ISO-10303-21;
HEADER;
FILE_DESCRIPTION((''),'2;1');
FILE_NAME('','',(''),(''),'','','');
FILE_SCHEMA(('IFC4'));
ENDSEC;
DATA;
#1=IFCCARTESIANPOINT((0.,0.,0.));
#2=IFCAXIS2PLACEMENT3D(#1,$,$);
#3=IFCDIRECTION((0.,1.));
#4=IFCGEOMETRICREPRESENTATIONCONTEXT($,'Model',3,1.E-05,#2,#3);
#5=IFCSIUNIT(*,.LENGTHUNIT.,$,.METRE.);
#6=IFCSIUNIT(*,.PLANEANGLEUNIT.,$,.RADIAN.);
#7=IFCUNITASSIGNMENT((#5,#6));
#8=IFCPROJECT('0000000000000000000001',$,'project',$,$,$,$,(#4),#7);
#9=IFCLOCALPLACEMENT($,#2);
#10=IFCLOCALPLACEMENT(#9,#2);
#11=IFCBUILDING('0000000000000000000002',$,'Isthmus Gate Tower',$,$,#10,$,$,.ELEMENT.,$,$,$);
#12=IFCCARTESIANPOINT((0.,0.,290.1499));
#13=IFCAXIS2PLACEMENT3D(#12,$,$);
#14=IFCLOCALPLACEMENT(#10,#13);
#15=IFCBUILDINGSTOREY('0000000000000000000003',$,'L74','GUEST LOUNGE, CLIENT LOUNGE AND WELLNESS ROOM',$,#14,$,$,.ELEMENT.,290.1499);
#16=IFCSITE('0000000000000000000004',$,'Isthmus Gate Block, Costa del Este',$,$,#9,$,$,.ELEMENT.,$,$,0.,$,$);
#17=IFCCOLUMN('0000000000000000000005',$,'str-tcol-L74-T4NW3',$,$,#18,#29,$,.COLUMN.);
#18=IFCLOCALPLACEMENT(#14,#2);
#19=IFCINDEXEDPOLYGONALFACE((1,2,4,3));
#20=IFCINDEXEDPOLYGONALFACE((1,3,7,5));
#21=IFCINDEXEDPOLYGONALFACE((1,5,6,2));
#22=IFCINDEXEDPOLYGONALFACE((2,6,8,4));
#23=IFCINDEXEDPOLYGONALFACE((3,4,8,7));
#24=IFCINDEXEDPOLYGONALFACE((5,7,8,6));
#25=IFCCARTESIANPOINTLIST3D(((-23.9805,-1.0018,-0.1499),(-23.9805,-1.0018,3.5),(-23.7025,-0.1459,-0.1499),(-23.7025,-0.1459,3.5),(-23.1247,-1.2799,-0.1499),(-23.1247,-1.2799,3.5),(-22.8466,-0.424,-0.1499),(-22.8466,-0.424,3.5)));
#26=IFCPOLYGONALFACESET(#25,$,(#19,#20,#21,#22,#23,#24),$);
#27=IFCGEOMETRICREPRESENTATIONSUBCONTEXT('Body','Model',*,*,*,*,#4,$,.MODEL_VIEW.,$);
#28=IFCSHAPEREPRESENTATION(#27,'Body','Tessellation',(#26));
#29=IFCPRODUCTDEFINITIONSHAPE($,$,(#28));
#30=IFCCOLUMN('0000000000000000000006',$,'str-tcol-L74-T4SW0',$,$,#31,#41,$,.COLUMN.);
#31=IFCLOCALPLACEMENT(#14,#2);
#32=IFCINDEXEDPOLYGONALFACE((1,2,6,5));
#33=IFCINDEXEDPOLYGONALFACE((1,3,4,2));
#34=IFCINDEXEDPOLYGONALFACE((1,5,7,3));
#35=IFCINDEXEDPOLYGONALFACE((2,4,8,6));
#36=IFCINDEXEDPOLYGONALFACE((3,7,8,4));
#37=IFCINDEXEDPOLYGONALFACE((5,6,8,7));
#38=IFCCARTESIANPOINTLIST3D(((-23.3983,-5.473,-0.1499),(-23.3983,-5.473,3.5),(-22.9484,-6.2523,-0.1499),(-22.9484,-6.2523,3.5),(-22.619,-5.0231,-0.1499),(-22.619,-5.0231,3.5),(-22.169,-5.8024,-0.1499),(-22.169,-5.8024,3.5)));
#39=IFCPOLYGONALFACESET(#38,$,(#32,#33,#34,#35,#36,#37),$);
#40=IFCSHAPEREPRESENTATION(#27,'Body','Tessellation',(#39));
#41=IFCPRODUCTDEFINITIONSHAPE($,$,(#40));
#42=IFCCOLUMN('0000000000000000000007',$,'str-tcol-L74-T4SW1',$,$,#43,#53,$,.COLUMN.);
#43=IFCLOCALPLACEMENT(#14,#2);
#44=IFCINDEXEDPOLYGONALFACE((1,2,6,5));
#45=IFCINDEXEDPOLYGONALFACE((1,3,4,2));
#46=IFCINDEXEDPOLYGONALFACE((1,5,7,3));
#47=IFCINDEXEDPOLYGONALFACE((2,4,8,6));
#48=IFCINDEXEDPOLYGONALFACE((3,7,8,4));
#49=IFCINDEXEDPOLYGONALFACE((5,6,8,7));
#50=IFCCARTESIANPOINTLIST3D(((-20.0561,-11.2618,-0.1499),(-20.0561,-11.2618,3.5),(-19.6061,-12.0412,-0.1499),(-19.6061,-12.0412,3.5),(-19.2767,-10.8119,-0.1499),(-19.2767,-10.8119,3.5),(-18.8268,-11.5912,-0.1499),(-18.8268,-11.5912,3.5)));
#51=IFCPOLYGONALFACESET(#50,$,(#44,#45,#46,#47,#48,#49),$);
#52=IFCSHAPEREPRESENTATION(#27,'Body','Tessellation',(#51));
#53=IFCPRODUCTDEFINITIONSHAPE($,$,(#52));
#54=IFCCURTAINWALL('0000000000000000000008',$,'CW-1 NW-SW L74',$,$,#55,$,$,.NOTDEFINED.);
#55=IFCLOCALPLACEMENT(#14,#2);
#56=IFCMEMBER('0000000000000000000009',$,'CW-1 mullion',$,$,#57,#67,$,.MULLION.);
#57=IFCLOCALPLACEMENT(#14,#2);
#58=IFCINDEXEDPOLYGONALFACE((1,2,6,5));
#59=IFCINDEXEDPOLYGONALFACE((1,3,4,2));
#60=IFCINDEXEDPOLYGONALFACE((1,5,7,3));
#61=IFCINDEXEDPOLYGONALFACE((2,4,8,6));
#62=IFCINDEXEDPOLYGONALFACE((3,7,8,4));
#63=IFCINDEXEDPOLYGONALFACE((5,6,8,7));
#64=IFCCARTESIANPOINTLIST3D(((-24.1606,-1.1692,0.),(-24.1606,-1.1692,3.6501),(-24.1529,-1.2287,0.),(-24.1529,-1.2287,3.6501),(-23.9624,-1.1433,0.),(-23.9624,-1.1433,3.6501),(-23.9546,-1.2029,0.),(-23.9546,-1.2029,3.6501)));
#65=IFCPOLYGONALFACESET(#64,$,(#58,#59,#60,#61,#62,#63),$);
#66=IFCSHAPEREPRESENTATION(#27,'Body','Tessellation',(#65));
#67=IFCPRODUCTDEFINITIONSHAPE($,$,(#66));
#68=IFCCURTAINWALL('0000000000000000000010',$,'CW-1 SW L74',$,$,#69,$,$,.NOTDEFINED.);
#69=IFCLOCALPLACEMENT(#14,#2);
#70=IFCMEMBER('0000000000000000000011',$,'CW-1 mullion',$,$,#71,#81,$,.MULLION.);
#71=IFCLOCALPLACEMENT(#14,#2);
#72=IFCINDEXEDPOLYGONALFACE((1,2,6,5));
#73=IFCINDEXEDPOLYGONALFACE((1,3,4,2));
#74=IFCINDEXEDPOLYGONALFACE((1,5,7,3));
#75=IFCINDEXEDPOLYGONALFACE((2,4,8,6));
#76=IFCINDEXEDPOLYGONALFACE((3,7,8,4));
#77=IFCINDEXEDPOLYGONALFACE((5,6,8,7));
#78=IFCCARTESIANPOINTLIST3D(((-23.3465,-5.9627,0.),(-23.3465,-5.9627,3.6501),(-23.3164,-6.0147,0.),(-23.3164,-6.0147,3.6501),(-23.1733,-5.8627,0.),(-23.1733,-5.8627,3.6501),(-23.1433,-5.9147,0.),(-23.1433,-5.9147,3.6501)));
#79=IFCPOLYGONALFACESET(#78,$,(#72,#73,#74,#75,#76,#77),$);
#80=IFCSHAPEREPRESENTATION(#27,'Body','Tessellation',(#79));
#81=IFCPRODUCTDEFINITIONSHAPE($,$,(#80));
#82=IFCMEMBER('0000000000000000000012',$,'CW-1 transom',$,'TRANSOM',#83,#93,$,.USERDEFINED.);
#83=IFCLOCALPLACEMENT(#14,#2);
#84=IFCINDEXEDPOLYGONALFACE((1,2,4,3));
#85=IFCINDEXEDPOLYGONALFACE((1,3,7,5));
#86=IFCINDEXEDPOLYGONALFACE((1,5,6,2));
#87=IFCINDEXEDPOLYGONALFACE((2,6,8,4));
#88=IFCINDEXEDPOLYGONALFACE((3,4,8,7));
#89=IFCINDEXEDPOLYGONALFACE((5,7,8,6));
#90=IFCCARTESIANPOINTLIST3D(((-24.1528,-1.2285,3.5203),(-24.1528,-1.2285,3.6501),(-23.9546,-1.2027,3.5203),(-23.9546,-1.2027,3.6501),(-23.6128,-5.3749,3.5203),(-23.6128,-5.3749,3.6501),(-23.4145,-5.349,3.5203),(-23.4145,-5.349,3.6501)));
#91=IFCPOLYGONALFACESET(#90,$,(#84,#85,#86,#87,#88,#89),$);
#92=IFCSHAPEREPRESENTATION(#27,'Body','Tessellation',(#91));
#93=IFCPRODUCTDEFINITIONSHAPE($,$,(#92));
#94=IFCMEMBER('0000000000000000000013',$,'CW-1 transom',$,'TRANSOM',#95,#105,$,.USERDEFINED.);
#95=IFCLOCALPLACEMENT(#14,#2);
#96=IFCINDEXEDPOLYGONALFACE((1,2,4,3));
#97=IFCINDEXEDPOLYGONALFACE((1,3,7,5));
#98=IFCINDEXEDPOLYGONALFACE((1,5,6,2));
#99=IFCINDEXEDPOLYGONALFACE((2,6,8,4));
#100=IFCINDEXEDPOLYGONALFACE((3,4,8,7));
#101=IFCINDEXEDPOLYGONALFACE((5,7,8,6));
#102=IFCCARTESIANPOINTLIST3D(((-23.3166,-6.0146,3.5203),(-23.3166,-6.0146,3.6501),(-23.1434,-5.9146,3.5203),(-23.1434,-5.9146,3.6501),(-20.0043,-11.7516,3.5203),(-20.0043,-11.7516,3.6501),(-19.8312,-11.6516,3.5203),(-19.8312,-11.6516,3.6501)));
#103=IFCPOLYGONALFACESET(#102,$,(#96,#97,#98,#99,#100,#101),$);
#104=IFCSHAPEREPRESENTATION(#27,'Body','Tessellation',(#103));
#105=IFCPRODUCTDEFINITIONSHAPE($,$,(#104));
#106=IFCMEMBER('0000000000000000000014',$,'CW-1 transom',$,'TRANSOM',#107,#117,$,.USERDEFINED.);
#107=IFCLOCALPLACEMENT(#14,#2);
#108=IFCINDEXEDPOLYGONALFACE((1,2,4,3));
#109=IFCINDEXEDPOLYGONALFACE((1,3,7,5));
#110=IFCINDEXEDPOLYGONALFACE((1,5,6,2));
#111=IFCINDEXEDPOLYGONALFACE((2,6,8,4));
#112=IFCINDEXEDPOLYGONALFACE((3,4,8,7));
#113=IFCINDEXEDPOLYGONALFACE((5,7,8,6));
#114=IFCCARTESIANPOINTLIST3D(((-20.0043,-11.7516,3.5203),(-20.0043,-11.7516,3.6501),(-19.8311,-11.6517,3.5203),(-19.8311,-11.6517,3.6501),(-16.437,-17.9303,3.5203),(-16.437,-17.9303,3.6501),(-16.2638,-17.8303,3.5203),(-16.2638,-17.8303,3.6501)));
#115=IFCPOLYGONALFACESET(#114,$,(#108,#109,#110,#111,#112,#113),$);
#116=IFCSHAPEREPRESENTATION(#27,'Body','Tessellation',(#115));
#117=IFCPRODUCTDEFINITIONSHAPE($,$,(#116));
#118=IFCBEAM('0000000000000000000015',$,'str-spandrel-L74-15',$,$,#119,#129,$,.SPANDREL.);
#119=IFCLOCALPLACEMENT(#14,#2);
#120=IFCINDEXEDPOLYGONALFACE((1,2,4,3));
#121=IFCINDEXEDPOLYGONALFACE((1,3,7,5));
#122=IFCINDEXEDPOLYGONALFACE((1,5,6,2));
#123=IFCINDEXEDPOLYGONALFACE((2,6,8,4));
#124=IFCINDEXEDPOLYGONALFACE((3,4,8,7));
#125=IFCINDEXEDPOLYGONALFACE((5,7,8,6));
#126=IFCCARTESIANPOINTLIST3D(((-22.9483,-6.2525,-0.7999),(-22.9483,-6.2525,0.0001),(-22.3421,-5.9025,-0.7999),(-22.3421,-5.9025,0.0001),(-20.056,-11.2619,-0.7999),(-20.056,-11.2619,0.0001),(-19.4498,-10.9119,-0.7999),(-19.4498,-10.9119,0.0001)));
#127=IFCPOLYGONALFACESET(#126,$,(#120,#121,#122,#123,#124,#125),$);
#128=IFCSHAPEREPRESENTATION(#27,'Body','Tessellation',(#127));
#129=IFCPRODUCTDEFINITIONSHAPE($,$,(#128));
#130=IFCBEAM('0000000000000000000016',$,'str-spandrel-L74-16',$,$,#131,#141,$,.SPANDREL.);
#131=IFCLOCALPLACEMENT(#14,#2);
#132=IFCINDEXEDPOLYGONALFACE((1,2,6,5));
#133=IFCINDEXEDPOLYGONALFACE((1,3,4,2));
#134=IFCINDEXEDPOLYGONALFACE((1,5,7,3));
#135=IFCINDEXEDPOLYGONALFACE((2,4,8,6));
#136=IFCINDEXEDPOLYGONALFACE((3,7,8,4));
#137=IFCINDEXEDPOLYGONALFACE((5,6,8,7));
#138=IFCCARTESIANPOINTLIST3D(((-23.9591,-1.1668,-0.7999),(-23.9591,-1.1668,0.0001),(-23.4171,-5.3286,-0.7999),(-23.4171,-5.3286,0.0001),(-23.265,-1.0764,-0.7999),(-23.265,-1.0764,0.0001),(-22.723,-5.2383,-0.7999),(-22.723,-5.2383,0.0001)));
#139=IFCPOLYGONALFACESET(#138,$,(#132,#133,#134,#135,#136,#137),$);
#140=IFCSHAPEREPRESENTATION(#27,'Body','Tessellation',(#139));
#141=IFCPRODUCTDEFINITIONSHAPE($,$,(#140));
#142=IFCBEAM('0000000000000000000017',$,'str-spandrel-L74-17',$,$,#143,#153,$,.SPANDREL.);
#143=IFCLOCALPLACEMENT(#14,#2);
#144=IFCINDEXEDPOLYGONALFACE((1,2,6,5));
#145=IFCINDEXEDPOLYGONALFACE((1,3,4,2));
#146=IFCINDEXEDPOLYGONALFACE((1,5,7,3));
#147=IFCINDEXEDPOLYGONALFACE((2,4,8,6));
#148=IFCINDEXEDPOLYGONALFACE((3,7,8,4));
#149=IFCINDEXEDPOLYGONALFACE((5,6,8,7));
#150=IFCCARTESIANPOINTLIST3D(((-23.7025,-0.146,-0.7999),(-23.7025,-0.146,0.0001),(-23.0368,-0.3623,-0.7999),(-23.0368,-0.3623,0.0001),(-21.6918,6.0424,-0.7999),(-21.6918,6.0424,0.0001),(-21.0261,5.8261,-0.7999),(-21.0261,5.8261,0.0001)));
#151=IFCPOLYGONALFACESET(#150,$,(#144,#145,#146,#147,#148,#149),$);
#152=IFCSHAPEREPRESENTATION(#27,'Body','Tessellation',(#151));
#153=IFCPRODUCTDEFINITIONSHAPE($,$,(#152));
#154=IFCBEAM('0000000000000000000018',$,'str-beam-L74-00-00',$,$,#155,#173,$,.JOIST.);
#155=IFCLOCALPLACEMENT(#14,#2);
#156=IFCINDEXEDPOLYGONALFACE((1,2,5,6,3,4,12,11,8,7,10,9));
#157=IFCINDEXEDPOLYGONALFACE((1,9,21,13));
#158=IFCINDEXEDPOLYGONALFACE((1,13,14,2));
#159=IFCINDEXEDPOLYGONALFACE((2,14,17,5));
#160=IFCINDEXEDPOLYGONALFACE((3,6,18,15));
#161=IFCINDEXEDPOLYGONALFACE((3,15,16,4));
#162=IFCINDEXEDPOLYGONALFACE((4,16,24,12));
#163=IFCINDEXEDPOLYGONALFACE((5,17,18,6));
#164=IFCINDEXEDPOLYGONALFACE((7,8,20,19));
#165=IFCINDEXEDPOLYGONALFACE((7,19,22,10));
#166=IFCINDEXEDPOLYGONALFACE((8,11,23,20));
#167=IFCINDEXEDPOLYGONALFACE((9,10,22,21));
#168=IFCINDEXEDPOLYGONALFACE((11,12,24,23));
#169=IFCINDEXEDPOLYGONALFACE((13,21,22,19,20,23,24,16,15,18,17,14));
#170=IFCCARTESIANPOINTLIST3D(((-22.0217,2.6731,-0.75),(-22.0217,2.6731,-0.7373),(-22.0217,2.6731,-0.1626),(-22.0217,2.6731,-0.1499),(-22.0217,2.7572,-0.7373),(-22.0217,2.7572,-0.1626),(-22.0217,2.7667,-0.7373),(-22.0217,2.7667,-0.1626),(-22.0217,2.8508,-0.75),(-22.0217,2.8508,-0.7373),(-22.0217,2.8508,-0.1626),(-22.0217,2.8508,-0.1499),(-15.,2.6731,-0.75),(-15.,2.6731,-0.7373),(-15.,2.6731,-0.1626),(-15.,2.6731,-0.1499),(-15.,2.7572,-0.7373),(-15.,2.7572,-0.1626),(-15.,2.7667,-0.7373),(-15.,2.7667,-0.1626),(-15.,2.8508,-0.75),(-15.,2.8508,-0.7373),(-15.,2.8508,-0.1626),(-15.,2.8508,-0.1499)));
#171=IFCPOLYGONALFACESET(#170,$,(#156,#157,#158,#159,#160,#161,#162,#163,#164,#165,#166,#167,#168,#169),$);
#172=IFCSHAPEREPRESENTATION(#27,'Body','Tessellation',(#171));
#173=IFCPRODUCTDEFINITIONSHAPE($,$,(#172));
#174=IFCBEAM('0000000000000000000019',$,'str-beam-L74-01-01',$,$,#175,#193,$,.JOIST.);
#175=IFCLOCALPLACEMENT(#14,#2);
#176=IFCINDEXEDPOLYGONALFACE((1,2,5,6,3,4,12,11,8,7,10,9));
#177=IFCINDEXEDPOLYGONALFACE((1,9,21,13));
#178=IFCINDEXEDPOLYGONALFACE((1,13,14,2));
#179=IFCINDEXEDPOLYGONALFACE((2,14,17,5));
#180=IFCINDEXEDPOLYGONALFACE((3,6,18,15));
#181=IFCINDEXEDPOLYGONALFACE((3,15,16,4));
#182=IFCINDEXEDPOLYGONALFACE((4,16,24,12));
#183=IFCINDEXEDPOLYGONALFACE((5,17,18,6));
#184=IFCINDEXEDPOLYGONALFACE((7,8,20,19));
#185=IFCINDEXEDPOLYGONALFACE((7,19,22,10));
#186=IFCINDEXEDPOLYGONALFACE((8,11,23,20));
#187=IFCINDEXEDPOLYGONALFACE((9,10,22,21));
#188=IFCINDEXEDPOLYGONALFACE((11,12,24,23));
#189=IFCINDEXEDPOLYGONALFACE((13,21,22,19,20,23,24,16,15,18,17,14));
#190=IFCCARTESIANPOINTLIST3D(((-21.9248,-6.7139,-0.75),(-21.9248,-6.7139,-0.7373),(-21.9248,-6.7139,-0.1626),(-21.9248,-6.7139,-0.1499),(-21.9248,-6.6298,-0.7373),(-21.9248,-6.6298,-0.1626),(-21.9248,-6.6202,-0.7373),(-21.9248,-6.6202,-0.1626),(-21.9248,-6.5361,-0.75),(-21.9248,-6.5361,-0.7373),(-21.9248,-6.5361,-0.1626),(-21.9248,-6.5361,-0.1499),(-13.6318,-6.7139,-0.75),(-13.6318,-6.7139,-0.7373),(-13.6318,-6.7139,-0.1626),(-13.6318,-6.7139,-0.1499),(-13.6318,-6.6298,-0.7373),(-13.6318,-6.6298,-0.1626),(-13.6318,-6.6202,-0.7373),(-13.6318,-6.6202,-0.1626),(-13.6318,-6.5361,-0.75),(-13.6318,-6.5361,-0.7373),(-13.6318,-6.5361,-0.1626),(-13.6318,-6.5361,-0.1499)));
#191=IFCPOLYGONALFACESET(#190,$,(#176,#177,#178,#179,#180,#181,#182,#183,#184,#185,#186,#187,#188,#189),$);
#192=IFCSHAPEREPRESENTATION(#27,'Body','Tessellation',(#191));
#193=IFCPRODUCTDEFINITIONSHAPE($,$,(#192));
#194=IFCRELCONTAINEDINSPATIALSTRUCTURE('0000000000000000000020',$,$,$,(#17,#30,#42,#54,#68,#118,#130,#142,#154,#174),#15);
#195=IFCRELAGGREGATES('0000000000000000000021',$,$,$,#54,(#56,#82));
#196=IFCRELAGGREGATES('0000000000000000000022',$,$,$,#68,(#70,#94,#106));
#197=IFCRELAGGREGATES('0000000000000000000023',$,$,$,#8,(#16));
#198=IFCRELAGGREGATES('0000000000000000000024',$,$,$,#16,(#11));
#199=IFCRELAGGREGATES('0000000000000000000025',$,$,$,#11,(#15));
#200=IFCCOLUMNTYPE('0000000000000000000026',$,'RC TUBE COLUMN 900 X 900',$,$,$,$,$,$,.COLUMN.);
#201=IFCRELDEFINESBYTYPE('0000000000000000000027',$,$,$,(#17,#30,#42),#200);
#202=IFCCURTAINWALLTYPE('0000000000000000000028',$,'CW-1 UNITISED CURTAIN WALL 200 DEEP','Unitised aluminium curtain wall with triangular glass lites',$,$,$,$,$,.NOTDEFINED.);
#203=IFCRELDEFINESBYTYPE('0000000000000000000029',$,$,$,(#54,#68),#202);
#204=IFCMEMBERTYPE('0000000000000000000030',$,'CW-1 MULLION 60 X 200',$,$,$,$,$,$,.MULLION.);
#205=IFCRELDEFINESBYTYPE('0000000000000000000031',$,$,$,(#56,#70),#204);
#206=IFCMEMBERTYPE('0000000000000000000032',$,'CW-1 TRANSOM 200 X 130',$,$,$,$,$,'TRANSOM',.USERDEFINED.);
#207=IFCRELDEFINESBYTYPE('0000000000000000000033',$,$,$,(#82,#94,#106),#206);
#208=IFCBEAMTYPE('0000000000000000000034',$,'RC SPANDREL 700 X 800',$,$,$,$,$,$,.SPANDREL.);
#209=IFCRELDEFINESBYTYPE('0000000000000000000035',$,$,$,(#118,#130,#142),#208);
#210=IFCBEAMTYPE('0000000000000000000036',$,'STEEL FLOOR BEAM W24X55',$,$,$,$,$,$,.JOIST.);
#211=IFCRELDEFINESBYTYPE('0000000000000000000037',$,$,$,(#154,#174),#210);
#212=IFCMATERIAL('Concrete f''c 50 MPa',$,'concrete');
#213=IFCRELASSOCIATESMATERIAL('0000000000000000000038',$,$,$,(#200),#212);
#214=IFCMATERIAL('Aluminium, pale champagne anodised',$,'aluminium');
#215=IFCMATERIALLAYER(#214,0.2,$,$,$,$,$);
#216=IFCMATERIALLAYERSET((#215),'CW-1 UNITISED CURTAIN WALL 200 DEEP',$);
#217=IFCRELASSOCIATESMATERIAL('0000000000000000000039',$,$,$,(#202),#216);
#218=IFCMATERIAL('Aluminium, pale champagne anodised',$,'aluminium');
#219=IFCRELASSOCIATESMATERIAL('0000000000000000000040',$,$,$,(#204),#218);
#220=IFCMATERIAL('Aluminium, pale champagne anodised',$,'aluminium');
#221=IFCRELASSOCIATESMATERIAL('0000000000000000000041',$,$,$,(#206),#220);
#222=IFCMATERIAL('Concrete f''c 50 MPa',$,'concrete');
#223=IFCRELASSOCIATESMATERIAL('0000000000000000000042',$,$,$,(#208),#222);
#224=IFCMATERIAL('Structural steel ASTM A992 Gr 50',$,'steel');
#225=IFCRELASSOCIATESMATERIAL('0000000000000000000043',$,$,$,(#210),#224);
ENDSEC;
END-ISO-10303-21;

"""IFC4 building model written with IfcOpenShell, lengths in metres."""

from ifc_helpers import new_model, si_unit, direction, frame, origin, origin_2d, place, context, subcontext, project, spatial, rectangle, i_section, extrude, material, layer, layer_set, material_profile, profile_set, type_object, element, aggregate, save


model = new_model("IFC4")

# Units and contexts
model_context = context("Model", 3, precision=1e-05, world=origin(), true_north=direction((0.0, 1.0)))
body_context = subcontext(model_context, "Body", "Model", "MODEL_VIEW")
ifc_project = project(units=[si_unit("LENGTHUNIT", "METRE"), si_unit("PLANEANGLEUNIT", "RADIAN")], contexts=[model_context])

# Site, building, storey
site_placement = place(None, origin())
site = spatial("IfcSite", under=ifc_project, at=site_placement, Name="Isthmus Gate Block, Costa del Este", CompositionType="ELEMENT", RefElevation=0.0)
building_placement = place(site_placement, origin())
building = spatial("IfcBuilding", under=site, at=building_placement, Name="Isthmus Gate Tower", CompositionType="ELEMENT")
storey_placement = place(building_placement, frame((0.0, 0.0, 290.1499)))
storey = spatial("IfcBuildingStorey", under=building, at=storey_placement, Name="L74", Description="GUEST LOUNGE, CLIENT LOUNGE AND WELLNESS ROOM", CompositionType="ELEMENT", Elevation=290.1499)

# Columns
ifc_material_1 = material(Name="Concrete f'c 50 MPa", Category="concrete")
ifc_material_profile_1 = material_profile(ifc_material_1, rectangle(XDim=0.8999, YDim=0.8999, at=origin_2d()), Name="RC 900X900")
ifc_profile_set_1 = profile_set([ifc_material_profile_1], Name="Concrete f'c 50 MPa")
column_type = type_object("IfcColumnType", Name="RC TUBE COLUMN 900 X 900", PredefinedType="COLUMN", material=ifc_profile_set_1)
for number, where, z_axis, x_axis, name in (
    (1, (-23.4136, -0.7129, -0.1499), (0.0, 0.0, 1.0), (-0.309017, -0.951057, 0.0), "str-tcol-L74-T4NW3"),
    (2, (-22.7837, -5.6377, -0.1499), (0.0, 0.0, 1.0), (0.5, -0.866025, 0.0), "str-tcol-L74-T4SW0"),
    (3, (-19.4414, -11.4265, -0.1499), (0.0, 0.0, 1.0), (0.5, -0.866025, 0.0), "str-tcol-L74-T4SW1"),
):
    element("IfcColumn", number, at=place(storey_placement, frame(where, z_axis=z_axis, x_axis=x_axis)), inside=storey, type_object=column_type, Name=name, PredefinedType="COLUMN", context=body_context, shape_type="SweptSolid", body=[
        extrude(rectangle(XDim=0.8999, YDim=0.8999, at=origin_2d()), origin(), (0.0, 0.0, 1.0), 3.6499),
    ])

# Curtain walls, members
ifc_material_2 = material(Name="Aluminium, pale champagne anodised", Category="aluminium")
ifc_layer_1 = layer(ifc_material_2, 0.2)
ifc_layer_set_1 = layer_set([ifc_layer_1], Name="CW-1 UNITISED CURTAIN WALL 200 DEEP")
curtain_wall_type = type_object("IfcCurtainWallType", Name="CW-1 UNITISED CURTAIN WALL 200 DEEP", Description="Unitised aluminium curtain wall with triangular glass lites", PredefinedType="NOTDEFINED", material=ifc_layer_set_1)
curtain_wall_1_placement = place(storey_placement, origin())
curtain_wall_1 = element("IfcCurtainWall", 4, at=curtain_wall_1_placement, inside=storey, type_object=curtain_wall_type, Name="CW-1 NW-SW L74", PredefinedType="NOTDEFINED")
ifc_material_3 = material(Name="Aluminium, pale champagne anodised", Category="aluminium")
ifc_material_profile_2 = material_profile(ifc_material_3, rectangle(XDim=0.0601, YDim=0.2, at=origin_2d()), Name="60x200")
ifc_profile_set_2 = profile_set([ifc_material_profile_2], Name="Aluminium, pale champagne anodised")
member_type_1 = type_object("IfcMemberType", Name="CW-1 MULLION 60 X 200", PredefinedType="MULLION", material=ifc_profile_set_2)
member_1_placement = place(storey_placement, frame((-24.0576, -1.186, 0.0), z_axis=(0.0, 0.0, 1.0), x_axis=(0.129165, -0.991623, 0.0)))
member_1 = element("IfcMember", 5, at=member_1_placement, type_object=member_type_1, Name="CW-1 mullion", PredefinedType="MULLION", context=body_context, shape_type="SweptSolid", body=[
    extrude(rectangle(XDim=0.0601, YDim=0.2, at=origin_2d()), origin(), (0.0, 0.0, 1.0), 3.6501),
])
curtain_wall_2_placement = place(storey_placement, origin())
curtain_wall_2 = element("IfcCurtainWall", 6, at=curtain_wall_2_placement, inside=storey, type_object=curtain_wall_type, Name="CW-1 SW L74", PredefinedType="NOTDEFINED")
member_2_placement = place(storey_placement, frame((-23.2449, -5.9387, 0.0), z_axis=(0.0, 0.0, 1.0), x_axis=(0.5, -0.866025, 0.0)))
member_2 = element("IfcMember", 7, at=member_2_placement, type_object=member_type_1, Name="CW-1 mullion", PredefinedType="MULLION", context=body_context, shape_type="SweptSolid", body=[
    extrude(rectangle(XDim=0.0601, YDim=0.2, at=origin_2d()), origin(), (0.0, 0.0, 1.0), 3.6501),
])

# Members
ifc_material_4 = material(Name="Aluminium, pale champagne anodised", Category="aluminium")
ifc_material_profile_3 = material_profile(ifc_material_4, rectangle(XDim=0.2, YDim=0.1299, at=origin_2d()), Name="200x130")
ifc_profile_set_3 = profile_set([ifc_material_profile_3], Name="Aluminium, pale champagne anodised")
member_type_2 = type_object("IfcMemberType", Name="CW-1 TRANSOM 200 X 130", ElementType="TRANSOM", PredefinedType="USERDEFINED", material=ifc_profile_set_3)
member_3_placement = place(storey_placement, frame((-24.0537, -1.2156, 3.5852), z_axis=(0.129149, -0.991625, 0.0), x_axis=(0.991625, 0.129149, 0.0)))
member_3 = element("IfcMember", 8, at=member_3_placement, type_object=member_type_2, Name="CW-1 transom", ObjectType="TRANSOM", PredefinedType="USERDEFINED", context=body_context, shape_type="SweptSolid", body=[
    extrude(rectangle(XDim=0.2, YDim=0.1299, at=origin_2d()), origin(), (0.0, 0.0, 1.0), 4.1814),
])
member_4_placement = place(storey_placement, frame((-23.23, -5.9646, 3.5852), z_axis=(0.499996, -0.866028, 0.0), x_axis=(0.866028, 0.499996, 0.0)))
member_4 = element("IfcMember", 9, at=member_4_placement, type_object=member_type_2, Name="CW-1 transom", ObjectType="TRANSOM", PredefinedType="USERDEFINED", context=body_context, shape_type="SweptSolid", body=[
    extrude(rectangle(XDim=0.2, YDim=0.1299, at=origin_2d()), origin(), (0.0, 0.0, 1.0), 6.6245),
])
member_5_placement = place(storey_placement, frame((-19.9177, -11.7017, 3.5852), z_axis=(0.500011, -0.866019, 0.0), x_axis=(0.866019, 0.500011, 0.0)))
member_5 = element("IfcMember", 10, at=member_5_placement, type_object=member_type_2, Name="CW-1 transom", ObjectType="TRANSOM", PredefinedType="USERDEFINED", context=body_context, shape_type="SweptSolid", body=[
    extrude(rectangle(XDim=0.2, YDim=0.1299, at=origin_2d()), origin(), (0.0, 0.0, 1.0), 7.1345),
])

# Beams
ifc_material_5 = material(Name="Concrete f'c 50 MPa", Category="concrete")
ifc_material_profile_4 = material_profile(ifc_material_5, rectangle(XDim=0.7, YDim=0.8, at=origin_2d()), Name="RC 700X800")
ifc_profile_set_4 = profile_set([ifc_material_profile_4], Name="Concrete f'c 50 MPa")
beam_type_1 = type_object("IfcBeamType", Name="RC SPANDREL 700 X 800", PredefinedType="SPANDREL", material=ifc_profile_set_4)
beam_1_placement = place(storey_placement, frame((-19.7529, -11.0869, -0.3999), z_axis=(-0.500011, 0.866019, 0.0), x_axis=(-0.866019, -0.500011, 0.0)))
element("IfcBeam", 11, at=beam_1_placement, inside=storey, type_object=beam_type_1, Name="str-spandrel-L74-15", PredefinedType="SPANDREL", context=body_context, shape_type="SweptSolid", body=[
    extrude(rectangle(XDim=0.7, YDim=0.8, at=origin_2d()), origin(), (0.0, 0.0, 1.0), 5.7844),
])
beam_2_placement = place(storey_placement, frame((-23.0701, -5.2834, -0.3999), z_axis=(-0.129138, 0.991627, 0.0), x_axis=(-0.991627, -0.129138, 0.0)))
element("IfcBeam", 12, at=beam_2_placement, inside=storey, type_object=beam_type_1, Name="str-spandrel-L74-16", PredefinedType="SPANDREL", context=body_context, shape_type="SweptSolid", body=[
    extrude(rectangle(XDim=0.7, YDim=0.8, at=origin_2d()), origin(), (0.0, 0.0, 1.0), 4.197),
])
beam_3_placement = place(storey_placement, frame((-23.3696, -0.2542, -0.3999), z_axis=(0.309015, 0.951057, 0.0), x_axis=(-0.951057, 0.309015, 0.0)))
element("IfcBeam", 13, at=beam_3_placement, inside=storey, type_object=beam_type_1, Name="str-spandrel-L74-17", PredefinedType="SPANDREL", context=body_context, shape_type="SweptSolid", body=[
    extrude(rectangle(XDim=0.7, YDim=0.8, at=origin_2d()), origin(), (0.0, 0.0, 1.0), 6.5068),
])
ifc_material_6 = material(Name="Structural steel ASTM A992 Gr 50", Category="steel")
ifc_material_profile_5 = material_profile(ifc_material_6, i_section(OverallWidth=0.1777, OverallDepth=0.6001, WebThickness=0.0095, FlangeThickness=0.0127, at=origin_2d()), Name="W24X55")
ifc_profile_set_5 = profile_set([ifc_material_profile_5], Name="Structural steel ASTM A992 Gr 50")
beam_type_2 = type_object("IfcBeamType", Name="STEEL FLOOR BEAM W24X55", PredefinedType="JOIST", material=ifc_profile_set_5)
beam_4_placement = place(storey_placement, frame((-22.0217, 2.762, -0.45), z_axis=(1.0, 0.0, 0.0), x_axis=(0.0, 1.0, 0.0)))
element("IfcBeam", 14, at=beam_4_placement, inside=storey, type_object=beam_type_2, Name="str-beam-L74-00-00", PredefinedType="JOIST", context=body_context, shape_type="SweptSolid", body=[
    extrude(i_section(OverallWidth=0.1777, OverallDepth=0.6001, WebThickness=0.0095, FlangeThickness=0.0127, at=origin_2d()), origin(), (0.0, 0.0, 1.0), 7.0217),
])
beam_5_placement = place(storey_placement, frame((-21.9248, -6.625, -0.45), z_axis=(1.0, 0.0, 0.0), x_axis=(0.0, 1.0, 0.0)))
element("IfcBeam", 15, at=beam_5_placement, inside=storey, type_object=beam_type_2, Name="str-beam-L74-01-01", PredefinedType="JOIST", context=body_context, shape_type="SweptSolid", body=[
    extrude(i_section(OverallWidth=0.1777, OverallDepth=0.6001, WebThickness=0.0095, FlangeThickness=0.0127, at=origin_2d()), origin(), (0.0, 0.0, 1.0), 8.293),
])

aggregate(curtain_wall_1, [member_1, member_3])
aggregate(curtain_wall_2, [member_2, member_4, member_5])

save(model, "model.ifc")
